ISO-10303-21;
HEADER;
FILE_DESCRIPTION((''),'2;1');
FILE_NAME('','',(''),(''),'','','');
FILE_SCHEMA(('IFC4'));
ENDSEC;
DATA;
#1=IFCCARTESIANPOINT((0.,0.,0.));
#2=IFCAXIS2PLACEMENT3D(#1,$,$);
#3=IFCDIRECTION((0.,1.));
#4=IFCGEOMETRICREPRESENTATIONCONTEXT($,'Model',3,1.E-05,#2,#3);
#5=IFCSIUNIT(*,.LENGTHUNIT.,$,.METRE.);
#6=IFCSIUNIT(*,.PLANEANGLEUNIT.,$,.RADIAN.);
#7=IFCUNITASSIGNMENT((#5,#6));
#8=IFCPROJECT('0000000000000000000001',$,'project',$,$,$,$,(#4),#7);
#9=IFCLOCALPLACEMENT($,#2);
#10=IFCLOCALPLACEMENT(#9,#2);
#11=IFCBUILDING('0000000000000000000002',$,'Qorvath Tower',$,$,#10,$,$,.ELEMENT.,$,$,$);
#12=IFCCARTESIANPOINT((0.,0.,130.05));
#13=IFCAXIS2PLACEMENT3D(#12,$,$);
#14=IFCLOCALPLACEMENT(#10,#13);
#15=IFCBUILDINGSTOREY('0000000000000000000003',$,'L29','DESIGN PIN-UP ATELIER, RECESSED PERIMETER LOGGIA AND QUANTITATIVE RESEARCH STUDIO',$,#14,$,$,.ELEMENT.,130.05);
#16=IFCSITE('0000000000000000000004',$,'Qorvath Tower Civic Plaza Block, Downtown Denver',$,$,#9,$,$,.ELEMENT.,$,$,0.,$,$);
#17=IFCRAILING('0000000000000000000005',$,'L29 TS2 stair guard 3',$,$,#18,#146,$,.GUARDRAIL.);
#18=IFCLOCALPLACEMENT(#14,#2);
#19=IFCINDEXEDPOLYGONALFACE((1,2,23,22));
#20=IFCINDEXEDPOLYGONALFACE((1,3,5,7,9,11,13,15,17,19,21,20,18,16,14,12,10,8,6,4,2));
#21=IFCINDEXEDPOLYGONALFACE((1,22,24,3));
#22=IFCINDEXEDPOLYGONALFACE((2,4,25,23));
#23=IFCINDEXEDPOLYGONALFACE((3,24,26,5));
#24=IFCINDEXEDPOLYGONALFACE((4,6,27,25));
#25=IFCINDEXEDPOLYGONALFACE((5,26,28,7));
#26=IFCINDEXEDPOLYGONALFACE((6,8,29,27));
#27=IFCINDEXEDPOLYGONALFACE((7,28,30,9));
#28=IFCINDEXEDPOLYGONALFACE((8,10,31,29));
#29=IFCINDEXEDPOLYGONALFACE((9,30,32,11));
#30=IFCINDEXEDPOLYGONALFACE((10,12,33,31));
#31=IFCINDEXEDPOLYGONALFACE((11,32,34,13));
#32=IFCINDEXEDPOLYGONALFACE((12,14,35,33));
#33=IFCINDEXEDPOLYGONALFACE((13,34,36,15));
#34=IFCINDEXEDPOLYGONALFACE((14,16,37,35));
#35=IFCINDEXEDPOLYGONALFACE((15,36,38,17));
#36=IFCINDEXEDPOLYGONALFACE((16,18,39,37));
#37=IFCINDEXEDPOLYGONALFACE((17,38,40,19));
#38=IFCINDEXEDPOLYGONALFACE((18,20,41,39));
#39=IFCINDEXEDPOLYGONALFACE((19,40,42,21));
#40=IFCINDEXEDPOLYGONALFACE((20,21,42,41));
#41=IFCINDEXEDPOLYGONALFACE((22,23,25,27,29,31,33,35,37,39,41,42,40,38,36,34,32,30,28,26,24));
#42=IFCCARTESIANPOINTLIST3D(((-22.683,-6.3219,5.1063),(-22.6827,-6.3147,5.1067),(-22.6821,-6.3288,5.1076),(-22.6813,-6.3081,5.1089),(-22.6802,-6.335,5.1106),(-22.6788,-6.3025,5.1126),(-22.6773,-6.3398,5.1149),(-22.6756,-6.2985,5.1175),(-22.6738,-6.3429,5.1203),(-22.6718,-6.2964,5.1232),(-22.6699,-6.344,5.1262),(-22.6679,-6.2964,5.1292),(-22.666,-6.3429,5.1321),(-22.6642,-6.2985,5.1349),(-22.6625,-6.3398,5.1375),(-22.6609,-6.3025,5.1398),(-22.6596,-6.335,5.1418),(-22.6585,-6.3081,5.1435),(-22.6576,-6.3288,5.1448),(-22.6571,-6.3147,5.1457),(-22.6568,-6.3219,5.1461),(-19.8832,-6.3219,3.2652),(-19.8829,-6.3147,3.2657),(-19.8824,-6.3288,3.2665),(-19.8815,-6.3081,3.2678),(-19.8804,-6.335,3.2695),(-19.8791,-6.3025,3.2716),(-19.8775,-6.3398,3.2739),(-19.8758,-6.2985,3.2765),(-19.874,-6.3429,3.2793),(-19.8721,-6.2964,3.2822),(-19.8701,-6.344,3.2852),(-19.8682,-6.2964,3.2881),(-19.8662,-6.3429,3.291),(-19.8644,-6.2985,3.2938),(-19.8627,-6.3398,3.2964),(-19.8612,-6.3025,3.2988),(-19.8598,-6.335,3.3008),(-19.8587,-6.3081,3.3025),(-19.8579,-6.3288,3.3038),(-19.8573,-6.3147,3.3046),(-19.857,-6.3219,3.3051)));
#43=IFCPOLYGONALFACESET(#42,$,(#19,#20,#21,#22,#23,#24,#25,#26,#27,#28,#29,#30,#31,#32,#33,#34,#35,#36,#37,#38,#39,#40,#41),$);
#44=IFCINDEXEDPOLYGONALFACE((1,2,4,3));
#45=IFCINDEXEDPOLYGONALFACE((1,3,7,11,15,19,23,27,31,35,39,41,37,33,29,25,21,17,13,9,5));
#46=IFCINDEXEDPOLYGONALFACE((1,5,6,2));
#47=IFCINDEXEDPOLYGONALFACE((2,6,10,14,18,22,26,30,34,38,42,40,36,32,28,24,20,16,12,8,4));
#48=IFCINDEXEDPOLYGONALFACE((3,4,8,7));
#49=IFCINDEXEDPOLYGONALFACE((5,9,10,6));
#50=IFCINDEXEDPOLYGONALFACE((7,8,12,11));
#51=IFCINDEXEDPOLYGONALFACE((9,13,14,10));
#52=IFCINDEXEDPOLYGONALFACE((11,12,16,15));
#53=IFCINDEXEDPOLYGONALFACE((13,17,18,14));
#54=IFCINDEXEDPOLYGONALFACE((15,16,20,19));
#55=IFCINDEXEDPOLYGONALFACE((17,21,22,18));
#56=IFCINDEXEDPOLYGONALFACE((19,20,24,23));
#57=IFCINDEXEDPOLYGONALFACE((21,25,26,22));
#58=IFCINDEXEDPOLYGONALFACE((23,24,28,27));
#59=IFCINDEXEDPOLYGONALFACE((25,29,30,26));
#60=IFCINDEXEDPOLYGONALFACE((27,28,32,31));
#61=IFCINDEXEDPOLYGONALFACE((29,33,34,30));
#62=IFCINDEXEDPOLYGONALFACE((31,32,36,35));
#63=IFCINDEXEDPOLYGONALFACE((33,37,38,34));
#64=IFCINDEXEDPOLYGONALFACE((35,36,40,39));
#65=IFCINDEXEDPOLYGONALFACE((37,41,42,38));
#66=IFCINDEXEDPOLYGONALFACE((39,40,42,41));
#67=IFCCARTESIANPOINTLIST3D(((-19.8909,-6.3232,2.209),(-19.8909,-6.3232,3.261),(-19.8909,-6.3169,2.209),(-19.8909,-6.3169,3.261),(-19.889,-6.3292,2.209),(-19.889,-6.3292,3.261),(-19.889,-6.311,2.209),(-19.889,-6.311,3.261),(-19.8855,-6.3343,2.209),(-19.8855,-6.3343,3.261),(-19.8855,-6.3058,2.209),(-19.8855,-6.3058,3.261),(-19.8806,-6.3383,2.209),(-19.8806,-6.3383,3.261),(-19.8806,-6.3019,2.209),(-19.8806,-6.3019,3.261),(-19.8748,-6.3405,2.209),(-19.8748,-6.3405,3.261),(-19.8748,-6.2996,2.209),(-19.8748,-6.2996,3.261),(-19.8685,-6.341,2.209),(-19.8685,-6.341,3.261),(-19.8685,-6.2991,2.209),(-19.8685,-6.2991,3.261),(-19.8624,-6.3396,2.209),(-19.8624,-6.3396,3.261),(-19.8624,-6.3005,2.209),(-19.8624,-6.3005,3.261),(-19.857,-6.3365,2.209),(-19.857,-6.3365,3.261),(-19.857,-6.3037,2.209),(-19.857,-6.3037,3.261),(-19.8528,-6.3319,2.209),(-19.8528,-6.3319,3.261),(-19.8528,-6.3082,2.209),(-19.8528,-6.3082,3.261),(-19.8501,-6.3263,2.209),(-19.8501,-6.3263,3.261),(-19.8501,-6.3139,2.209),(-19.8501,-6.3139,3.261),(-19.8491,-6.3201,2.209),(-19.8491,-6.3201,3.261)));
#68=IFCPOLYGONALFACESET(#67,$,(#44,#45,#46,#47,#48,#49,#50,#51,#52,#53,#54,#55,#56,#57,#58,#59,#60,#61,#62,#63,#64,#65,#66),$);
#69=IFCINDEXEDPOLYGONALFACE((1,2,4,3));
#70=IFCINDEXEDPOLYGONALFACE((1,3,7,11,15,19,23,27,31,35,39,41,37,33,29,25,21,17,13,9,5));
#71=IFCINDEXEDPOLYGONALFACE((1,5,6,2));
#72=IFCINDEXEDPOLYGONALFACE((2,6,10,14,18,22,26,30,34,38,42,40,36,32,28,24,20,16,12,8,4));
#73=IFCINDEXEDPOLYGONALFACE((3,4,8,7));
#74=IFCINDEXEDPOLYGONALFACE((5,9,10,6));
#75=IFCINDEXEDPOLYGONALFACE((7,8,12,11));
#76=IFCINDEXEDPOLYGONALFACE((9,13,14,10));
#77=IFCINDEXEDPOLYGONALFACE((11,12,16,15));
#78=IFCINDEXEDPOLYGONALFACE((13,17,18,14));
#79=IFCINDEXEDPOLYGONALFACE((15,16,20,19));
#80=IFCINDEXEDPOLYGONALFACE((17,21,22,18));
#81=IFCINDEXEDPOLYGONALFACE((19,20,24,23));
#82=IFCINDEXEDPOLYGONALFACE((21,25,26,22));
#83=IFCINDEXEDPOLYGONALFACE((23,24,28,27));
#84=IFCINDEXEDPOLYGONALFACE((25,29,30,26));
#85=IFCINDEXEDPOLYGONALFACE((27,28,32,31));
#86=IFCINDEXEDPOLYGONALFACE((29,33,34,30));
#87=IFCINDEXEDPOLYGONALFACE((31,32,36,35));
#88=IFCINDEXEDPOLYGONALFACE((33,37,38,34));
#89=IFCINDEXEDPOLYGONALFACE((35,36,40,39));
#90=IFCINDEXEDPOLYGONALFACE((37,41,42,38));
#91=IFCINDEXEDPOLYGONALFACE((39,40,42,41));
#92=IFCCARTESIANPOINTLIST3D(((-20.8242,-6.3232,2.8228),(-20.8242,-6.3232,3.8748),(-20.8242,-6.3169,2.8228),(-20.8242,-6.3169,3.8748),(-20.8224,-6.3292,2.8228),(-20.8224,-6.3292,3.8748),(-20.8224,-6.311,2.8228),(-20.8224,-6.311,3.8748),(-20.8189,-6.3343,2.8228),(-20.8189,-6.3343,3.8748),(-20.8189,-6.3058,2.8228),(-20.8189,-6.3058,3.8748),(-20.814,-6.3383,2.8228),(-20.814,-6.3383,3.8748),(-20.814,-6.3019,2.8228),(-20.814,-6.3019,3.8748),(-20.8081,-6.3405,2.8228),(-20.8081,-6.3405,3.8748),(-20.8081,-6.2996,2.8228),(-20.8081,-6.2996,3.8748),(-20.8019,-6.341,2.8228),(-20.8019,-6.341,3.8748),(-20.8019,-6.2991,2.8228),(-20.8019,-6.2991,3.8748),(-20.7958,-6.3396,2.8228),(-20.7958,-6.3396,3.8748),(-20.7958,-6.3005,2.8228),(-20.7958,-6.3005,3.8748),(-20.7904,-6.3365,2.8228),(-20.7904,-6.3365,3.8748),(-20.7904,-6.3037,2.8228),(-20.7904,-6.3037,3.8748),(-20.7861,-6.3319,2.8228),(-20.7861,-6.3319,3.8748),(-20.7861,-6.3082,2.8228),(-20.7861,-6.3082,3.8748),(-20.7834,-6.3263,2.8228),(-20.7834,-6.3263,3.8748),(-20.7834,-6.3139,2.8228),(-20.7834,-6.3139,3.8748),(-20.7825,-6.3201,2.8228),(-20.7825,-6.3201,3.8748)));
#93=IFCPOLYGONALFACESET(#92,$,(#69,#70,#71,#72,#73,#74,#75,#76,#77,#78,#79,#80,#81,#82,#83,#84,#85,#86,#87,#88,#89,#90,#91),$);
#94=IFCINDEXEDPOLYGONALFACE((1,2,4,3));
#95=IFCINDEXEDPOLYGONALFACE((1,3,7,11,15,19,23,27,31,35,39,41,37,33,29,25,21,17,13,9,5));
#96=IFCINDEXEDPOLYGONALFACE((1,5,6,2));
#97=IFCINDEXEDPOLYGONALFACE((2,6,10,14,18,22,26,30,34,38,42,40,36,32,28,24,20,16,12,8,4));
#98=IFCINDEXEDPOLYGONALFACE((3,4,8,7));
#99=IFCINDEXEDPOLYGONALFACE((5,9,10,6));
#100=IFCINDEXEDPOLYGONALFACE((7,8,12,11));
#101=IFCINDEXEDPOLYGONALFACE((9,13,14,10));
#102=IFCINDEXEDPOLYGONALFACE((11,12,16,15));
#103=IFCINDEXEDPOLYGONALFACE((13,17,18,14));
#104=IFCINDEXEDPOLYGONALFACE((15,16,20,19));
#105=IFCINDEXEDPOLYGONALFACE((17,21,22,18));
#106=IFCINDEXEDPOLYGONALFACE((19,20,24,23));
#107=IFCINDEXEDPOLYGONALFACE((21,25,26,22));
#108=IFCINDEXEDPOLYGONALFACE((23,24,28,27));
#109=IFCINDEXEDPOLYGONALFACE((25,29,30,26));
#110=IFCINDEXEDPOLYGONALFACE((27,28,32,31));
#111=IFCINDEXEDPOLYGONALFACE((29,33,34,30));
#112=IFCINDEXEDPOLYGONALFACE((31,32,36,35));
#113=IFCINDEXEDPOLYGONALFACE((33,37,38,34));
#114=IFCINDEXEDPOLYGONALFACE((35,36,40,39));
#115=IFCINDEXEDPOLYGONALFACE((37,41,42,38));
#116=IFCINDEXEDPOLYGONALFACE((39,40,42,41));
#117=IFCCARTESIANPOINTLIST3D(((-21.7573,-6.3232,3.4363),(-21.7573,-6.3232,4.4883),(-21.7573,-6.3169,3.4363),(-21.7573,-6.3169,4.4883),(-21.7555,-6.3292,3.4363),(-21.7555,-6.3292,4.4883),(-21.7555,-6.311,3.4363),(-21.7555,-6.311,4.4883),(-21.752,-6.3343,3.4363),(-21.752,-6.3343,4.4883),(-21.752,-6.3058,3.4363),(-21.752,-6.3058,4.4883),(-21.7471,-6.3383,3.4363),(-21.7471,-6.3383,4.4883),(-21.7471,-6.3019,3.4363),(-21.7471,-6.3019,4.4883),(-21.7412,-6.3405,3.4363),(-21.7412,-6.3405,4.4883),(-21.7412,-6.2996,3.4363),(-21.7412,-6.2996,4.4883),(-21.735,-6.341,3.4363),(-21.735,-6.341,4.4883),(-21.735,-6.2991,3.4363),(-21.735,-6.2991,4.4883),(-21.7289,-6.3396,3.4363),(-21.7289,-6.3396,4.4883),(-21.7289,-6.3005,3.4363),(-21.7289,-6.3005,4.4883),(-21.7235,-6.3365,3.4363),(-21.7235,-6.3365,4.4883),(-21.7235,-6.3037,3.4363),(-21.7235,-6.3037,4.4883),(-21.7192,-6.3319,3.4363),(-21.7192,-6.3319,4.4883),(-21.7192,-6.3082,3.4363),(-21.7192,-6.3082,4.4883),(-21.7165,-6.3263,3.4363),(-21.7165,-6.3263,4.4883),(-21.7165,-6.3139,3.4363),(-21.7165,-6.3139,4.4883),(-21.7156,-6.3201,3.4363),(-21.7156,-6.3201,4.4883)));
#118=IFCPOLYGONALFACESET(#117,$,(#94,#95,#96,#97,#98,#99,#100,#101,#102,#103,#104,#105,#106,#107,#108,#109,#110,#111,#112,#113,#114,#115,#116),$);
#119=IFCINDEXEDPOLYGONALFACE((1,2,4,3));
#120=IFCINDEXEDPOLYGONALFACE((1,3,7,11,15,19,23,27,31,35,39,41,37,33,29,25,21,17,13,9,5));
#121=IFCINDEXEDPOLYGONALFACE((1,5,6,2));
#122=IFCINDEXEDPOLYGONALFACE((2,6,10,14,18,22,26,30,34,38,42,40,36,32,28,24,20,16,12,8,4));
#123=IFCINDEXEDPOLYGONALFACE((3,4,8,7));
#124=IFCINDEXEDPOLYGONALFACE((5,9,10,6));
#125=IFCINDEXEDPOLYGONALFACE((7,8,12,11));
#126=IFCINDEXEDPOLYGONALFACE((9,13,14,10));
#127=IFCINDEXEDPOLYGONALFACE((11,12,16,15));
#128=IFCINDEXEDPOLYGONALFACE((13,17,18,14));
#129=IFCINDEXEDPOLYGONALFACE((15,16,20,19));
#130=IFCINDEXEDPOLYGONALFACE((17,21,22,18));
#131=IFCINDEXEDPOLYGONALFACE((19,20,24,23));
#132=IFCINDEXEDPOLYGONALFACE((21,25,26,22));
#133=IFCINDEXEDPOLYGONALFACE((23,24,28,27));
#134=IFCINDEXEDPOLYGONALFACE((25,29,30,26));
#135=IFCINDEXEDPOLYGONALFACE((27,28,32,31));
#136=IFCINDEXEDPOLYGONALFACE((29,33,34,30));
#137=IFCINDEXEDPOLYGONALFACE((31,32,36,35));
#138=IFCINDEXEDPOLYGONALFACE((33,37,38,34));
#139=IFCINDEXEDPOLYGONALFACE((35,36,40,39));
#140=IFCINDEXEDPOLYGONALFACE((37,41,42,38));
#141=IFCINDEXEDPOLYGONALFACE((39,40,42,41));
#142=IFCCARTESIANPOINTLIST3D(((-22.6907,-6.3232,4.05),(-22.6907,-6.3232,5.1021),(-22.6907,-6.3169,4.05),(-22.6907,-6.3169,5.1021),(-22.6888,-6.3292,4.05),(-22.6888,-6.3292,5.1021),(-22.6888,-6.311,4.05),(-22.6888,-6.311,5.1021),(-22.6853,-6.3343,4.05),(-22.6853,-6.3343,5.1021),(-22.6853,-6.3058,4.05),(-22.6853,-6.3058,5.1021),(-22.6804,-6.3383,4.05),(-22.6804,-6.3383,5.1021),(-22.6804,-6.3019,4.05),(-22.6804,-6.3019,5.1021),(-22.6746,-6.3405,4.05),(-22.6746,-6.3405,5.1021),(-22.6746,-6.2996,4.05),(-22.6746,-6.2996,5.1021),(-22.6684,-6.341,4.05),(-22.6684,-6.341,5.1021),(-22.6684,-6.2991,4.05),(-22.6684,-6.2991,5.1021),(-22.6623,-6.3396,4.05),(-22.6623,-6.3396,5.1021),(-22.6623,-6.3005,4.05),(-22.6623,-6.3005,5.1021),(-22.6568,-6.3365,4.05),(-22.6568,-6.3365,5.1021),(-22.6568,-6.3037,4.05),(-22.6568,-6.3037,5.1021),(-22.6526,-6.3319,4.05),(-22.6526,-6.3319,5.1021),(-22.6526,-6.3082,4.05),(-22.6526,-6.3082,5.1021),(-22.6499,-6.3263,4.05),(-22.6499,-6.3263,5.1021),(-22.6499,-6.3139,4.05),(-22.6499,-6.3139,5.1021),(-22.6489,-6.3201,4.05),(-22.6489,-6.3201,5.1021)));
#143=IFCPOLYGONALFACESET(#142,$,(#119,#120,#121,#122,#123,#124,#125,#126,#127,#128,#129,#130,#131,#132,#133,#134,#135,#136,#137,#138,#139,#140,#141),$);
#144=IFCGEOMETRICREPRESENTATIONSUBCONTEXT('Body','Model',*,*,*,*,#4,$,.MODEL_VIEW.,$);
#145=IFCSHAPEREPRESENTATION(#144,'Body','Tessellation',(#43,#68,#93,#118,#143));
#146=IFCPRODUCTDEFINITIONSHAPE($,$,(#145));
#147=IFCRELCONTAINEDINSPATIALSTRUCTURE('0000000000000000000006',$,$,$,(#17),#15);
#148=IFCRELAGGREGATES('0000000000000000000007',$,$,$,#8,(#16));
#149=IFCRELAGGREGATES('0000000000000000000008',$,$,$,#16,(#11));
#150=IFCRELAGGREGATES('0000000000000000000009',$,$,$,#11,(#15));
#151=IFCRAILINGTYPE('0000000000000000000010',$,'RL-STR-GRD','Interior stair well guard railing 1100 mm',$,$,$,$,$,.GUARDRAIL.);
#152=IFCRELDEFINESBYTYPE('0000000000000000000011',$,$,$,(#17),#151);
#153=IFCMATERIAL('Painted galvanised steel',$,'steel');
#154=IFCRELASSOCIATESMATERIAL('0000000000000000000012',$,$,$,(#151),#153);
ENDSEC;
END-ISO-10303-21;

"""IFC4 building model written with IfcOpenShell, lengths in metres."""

from ifc_helpers import new_model, si_unit, direction, frame, origin, origin_2d, place, context, subcontext, project, spatial, circle, extrude, material, type_object, element, save


model = new_model("IFC4")

# Units and contexts
model_context = context("Model", 3, precision=1e-05, world=origin(), true_north=direction((0.0, 1.0)))
body_context = subcontext(model_context, "Body", "Model", "MODEL_VIEW")
ifc_project = project(units=[si_unit("LENGTHUNIT", "METRE"), si_unit("PLANEANGLEUNIT", "RADIAN")], contexts=[model_context])

# Site, building, storey
site_placement = place(None, origin())
site = spatial("IfcSite", under=ifc_project, at=site_placement, Name="Qorvath Tower Civic Plaza Block, Downtown Denver", CompositionType="ELEMENT", RefElevation=0.0)
building_placement = place(site_placement, origin())
building = spatial("IfcBuilding", under=site, at=building_placement, Name="Qorvath Tower", CompositionType="ELEMENT")
storey_placement = place(building_placement, frame((0.0, 0.0, 130.05)))
storey = spatial("IfcBuildingStorey", under=building, at=storey_placement, Name="L29", Description="DESIGN PIN-UP ATELIER, RECESSED PERIMETER LOGGIA AND QUANTITATIVE RESEARCH STUDIO", CompositionType="ELEMENT", Elevation=130.05)

# Railing
ifc_material_1 = material(Name="Painted galvanised steel", Category="steel")
railing_type = type_object("IfcRailingType", Name="RL-STR-GRD", Description="Interior stair well guard railing 1100 mm", PredefinedType="GUARDRAIL", material=ifc_material_1)
railing_1_placement = place(storey_placement, frame((-19.8701, -6.3201, 2.209)))
element("IfcRailing", 1, at=railing_1_placement, inside=storey, type_object=railing_type, Name="L29 TS2 stair guard 3", PredefinedType="GUARDRAIL", context=body_context, shape_type="SweptSolid", body=[
    extrude(circle(Radius=0.0239, at=origin_2d()), frame((0.0, 0.0, 1.0762), z_axis=(-0.835542, 0.0, 0.549426), x_axis=(0.0, -1.0, 0.0)), (0.0, 0.0, 1.0), 3.3508),
    extrude(circle(Radius=0.021, at=origin_2d()), origin(), (0.0, 0.0, 1.0), 1.052),
    extrude(circle(Radius=0.021, at=origin_2d()), frame((-0.9333, 0.0, 0.6138)), (0.0, 0.0, 1.0), 1.052),
    extrude(circle(Radius=0.021, at=origin_2d()), frame((-1.8665, 0.0, 1.2273)), (0.0, 0.0, 1.0), 1.052),
    extrude(circle(Radius=0.021, at=origin_2d()), frame((-2.7998, 0.0, 1.8411)), (0.0, 0.0, 1.0), 1.052),
])

save(model, "model.ifc")
